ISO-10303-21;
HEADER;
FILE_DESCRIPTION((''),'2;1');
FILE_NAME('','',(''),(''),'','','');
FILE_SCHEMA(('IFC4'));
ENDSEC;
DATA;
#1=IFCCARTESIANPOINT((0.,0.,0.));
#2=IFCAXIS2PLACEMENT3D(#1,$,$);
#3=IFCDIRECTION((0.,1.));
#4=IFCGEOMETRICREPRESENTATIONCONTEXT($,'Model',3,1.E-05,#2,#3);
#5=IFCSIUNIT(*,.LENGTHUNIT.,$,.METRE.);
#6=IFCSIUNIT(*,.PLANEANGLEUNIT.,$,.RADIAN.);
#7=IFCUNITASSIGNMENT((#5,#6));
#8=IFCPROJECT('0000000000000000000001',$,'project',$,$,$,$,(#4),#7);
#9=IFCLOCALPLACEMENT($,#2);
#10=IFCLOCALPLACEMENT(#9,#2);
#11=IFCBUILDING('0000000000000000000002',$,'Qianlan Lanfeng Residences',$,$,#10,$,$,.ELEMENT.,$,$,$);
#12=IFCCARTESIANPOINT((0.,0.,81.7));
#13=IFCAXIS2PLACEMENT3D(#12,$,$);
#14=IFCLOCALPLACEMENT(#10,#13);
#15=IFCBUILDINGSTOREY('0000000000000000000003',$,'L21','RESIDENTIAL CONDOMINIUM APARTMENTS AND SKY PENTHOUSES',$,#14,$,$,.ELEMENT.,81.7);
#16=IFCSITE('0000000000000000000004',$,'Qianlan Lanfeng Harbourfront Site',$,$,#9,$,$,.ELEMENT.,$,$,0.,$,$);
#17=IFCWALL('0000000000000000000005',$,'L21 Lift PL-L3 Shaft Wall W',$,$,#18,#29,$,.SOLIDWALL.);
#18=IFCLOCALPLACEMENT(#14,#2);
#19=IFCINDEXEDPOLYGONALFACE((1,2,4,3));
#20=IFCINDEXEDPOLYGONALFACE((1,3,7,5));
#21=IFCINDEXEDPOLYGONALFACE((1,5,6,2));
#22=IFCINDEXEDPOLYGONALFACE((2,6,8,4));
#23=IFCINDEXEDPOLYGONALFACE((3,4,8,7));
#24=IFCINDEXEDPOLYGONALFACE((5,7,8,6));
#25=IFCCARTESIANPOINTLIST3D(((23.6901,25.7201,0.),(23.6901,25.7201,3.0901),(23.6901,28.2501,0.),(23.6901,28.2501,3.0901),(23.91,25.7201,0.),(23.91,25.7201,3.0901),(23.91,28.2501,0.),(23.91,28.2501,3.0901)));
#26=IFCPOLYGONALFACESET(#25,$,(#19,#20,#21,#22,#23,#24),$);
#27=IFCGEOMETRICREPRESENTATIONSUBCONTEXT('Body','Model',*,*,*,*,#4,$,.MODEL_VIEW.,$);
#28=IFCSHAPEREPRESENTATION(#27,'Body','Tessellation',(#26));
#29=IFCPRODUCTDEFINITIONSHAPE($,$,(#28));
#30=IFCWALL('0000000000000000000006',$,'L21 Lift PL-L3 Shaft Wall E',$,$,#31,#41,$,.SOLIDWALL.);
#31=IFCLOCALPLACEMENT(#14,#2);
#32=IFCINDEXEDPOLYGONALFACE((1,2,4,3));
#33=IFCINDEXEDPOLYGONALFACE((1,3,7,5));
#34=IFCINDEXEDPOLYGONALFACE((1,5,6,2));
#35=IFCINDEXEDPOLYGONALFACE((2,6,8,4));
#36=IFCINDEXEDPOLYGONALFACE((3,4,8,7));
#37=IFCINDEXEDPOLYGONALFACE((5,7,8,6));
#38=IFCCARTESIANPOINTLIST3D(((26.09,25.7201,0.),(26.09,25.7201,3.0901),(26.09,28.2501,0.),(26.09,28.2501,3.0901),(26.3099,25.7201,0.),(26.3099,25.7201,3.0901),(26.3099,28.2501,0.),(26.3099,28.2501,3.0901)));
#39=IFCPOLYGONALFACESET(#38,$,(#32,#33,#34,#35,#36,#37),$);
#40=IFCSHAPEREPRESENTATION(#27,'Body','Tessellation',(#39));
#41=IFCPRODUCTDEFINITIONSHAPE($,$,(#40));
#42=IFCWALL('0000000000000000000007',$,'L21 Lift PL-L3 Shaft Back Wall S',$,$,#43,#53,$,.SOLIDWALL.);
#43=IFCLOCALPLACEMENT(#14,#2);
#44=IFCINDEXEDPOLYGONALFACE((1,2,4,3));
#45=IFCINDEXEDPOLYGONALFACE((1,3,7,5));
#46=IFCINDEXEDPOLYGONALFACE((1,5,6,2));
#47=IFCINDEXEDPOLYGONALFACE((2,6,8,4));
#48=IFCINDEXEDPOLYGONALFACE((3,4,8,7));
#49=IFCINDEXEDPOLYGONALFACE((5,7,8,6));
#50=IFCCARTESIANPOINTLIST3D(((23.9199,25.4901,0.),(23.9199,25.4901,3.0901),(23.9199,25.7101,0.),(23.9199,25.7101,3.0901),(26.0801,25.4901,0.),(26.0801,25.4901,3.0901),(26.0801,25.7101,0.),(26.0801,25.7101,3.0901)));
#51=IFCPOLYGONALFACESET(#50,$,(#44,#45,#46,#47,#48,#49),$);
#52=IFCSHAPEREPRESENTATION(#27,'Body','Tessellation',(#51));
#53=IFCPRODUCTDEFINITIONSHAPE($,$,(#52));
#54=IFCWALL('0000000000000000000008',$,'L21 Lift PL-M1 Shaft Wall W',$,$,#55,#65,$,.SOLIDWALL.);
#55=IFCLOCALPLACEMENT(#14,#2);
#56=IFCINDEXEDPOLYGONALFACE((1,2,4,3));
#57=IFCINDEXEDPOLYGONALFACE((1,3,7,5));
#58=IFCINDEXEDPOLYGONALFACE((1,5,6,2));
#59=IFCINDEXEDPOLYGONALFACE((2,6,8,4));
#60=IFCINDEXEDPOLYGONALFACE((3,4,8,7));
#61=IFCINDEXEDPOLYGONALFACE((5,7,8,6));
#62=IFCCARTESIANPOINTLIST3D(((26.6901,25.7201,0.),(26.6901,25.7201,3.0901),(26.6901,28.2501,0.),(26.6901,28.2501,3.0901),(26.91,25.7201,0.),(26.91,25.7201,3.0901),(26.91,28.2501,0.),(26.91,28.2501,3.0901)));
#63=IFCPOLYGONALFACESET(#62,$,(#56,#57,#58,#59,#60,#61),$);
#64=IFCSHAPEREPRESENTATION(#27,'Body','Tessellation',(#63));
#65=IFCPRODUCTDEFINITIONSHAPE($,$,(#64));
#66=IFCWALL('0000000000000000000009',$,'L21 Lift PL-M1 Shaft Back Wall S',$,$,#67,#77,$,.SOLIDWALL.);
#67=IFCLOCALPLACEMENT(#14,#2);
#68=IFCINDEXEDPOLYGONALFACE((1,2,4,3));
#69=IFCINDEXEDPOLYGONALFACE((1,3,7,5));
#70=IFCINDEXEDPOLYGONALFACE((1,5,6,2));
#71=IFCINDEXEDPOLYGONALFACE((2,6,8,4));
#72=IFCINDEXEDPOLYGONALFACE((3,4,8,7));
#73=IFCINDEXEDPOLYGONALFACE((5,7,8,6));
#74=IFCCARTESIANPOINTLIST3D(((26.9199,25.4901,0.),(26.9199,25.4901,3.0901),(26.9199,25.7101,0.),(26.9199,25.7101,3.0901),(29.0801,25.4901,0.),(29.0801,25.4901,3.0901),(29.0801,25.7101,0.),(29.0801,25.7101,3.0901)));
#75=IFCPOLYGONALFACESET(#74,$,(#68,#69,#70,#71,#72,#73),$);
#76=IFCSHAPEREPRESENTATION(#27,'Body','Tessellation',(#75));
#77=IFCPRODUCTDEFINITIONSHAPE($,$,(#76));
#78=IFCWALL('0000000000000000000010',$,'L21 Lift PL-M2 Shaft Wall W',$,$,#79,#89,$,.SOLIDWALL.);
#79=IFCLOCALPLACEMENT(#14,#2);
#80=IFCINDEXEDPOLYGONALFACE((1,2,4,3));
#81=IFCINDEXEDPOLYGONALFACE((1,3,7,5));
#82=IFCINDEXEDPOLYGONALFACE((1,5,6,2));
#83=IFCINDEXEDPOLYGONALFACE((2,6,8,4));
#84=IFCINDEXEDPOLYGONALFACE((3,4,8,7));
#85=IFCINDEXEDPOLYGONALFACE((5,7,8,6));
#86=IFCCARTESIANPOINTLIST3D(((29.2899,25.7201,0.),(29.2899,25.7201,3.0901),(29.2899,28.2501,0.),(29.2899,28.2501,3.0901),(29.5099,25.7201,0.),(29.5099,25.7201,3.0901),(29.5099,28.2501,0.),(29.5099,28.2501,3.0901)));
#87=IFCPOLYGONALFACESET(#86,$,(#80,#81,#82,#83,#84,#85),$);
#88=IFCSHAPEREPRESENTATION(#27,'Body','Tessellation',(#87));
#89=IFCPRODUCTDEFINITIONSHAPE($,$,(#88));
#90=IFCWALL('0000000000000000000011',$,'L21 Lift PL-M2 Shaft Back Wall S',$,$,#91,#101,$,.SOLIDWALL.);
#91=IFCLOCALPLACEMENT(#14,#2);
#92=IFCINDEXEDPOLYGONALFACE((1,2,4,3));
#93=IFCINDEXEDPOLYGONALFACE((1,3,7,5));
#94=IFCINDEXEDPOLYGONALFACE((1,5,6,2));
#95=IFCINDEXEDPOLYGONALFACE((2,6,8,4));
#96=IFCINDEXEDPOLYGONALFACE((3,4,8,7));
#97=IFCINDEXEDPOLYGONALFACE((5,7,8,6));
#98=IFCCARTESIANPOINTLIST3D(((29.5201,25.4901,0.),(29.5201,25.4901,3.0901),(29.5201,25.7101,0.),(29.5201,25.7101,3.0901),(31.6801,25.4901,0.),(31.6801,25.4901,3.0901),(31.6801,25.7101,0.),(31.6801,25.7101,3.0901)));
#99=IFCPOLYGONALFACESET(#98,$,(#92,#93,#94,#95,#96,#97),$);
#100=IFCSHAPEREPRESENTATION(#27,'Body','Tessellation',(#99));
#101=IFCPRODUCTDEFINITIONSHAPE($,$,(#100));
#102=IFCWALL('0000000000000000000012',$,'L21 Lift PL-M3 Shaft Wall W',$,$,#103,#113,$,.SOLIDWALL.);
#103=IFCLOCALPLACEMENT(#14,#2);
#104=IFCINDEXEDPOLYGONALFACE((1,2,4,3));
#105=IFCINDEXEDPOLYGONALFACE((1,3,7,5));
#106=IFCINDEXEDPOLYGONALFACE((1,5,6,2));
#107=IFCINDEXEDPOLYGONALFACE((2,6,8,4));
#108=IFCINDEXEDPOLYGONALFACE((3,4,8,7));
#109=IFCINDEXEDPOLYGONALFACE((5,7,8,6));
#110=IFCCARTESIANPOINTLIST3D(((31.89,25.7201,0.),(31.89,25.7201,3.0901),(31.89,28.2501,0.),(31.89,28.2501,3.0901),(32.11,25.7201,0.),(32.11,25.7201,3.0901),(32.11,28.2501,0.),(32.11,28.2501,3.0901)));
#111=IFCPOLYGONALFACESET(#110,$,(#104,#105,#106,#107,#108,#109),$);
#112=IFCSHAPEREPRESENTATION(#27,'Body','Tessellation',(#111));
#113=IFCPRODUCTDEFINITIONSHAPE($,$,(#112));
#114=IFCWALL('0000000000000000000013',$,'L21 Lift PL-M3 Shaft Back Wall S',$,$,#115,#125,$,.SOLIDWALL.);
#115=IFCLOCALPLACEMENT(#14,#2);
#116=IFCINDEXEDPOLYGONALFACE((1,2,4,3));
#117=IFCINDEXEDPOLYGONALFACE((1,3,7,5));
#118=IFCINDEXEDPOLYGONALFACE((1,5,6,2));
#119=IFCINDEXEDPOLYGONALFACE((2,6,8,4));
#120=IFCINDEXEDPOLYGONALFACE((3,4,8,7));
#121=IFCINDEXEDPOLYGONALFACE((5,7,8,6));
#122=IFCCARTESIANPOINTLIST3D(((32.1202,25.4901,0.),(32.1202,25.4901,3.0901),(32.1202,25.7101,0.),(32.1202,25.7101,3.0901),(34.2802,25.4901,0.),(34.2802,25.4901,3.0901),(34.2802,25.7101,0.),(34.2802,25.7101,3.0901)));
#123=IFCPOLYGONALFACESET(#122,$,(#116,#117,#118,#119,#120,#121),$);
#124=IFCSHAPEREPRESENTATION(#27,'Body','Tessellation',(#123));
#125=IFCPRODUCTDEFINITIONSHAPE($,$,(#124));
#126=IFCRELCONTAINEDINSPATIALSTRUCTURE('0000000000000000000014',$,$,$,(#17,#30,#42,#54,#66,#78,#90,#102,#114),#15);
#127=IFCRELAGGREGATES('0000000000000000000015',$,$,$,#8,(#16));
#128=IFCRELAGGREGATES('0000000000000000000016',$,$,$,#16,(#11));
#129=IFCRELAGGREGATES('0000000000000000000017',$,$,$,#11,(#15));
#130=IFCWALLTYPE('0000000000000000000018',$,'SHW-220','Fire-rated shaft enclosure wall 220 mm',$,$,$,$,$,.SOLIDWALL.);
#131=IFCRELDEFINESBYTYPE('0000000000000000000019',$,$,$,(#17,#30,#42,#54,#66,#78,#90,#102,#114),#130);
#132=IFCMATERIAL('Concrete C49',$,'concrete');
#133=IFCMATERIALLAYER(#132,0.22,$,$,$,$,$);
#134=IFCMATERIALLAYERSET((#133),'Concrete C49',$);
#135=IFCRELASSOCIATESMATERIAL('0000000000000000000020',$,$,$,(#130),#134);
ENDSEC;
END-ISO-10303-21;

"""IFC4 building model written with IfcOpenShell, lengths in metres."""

from ifc_helpers import new_model, si_unit, direction, frame, frame_2d, origin, place, context, subcontext, project, spatial, rectangle, extrude, material, layer, layer_set, type_object, element, save


model = new_model("IFC4")

# Units and contexts
model_context = context("Model", 3, precision=1e-05, world=origin(), true_north=direction((0.0, 1.0)))
body_context = subcontext(model_context, "Body", "Model", "MODEL_VIEW")
ifc_project = project(units=[si_unit("LENGTHUNIT", "METRE"), si_unit("PLANEANGLEUNIT", "RADIAN")], contexts=[model_context])

# Site, building, storey
site_placement = place(None, origin())
site = spatial("IfcSite", under=ifc_project, at=site_placement, Name="Qianlan Lanfeng Harbourfront Site", CompositionType="ELEMENT", RefElevation=0.0)
building_placement = place(site_placement, origin())
building = spatial("IfcBuilding", under=site, at=building_placement, Name="Qianlan Lanfeng Residences", CompositionType="ELEMENT")
storey_placement = place(building_placement, frame((0.0, 0.0, 81.7)))
storey = spatial("IfcBuildingStorey", under=building, at=storey_placement, Name="L21", Description="RESIDENTIAL CONDOMINIUM APARTMENTS AND SKY PENTHOUSES", CompositionType="ELEMENT", Elevation=81.7)

# Walls
ifc_material_1 = material(Name="Concrete C49", Category="concrete")
ifc_layer_1 = layer(ifc_material_1, 0.22)
ifc_layer_set_1 = layer_set([ifc_layer_1], Name="Concrete C49")
wall_type_1 = type_object("IfcWallType", Name="SHW-220", Description="Fire-rated shaft enclosure wall 220 mm", PredefinedType="SOLIDWALL", material=ifc_layer_set_1)
for number, where, z_axis, x_axis, name in (
    (1, (23.8, 25.72, 0.0), (0.0, 0.0, 1.0), (0.0, 1.0, 0.0), "L21 Lift PL-L3 Shaft Wall W"),
    (2, (26.2, 25.72, 0.0), (0.0, 0.0, 1.0), (0.0, 1.0, 0.0), "L21 Lift PL-L3 Shaft Wall E"),
):
    element("IfcWall", number, at=place(storey_placement, frame(where, z_axis=z_axis, x_axis=x_axis)), inside=storey, type_object=wall_type_1, Name=name, PredefinedType="SOLIDWALL", context=body_context, shape_type="SweptSolid", body=[
        extrude(rectangle(XDim=2.53, YDim=0.22, at=frame_2d((1.2651, 0.0))), origin(), (0.0, 0.0, 1.0), 3.0901),
    ])
wall_1_placement = place(storey_placement, frame((23.9199, 25.6001, 0.0), z_axis=(0.0, 0.0, 1.0), x_axis=(1.0, 0.0, 0.0)))
element("IfcWall", 3, at=wall_1_placement, inside=storey, type_object=wall_type_1, Name="L21 Lift PL-L3 Shaft Back Wall S", PredefinedType="SOLIDWALL", context=body_context, shape_type="SweptSolid", body=[
    extrude(rectangle(XDim=2.1602, YDim=0.22, at=frame_2d((1.0801, 0.0))), origin(), (0.0, 0.0, 1.0), 3.0901),
])
wall_2_placement = place(storey_placement, frame((26.8, 25.72, 0.0), z_axis=(0.0, 0.0, 1.0), x_axis=(0.0, 1.0, 0.0)))
element("IfcWall", 4, at=wall_2_placement, inside=storey, type_object=wall_type_1, Name="L21 Lift PL-M1 Shaft Wall W", PredefinedType="SOLIDWALL", context=body_context, shape_type="SweptSolid", body=[
    extrude(rectangle(XDim=2.53, YDim=0.22, at=frame_2d((1.2651, 0.0))), origin(), (0.0, 0.0, 1.0), 3.0901),
])
wall_3_placement = place(storey_placement, frame((26.9199, 25.6001, 0.0), z_axis=(0.0, 0.0, 1.0), x_axis=(1.0, 0.0, 0.0)))
element("IfcWall", 5, at=wall_3_placement, inside=storey, type_object=wall_type_1, Name="L21 Lift PL-M1 Shaft Back Wall S", PredefinedType="SOLIDWALL", context=body_context, shape_type="SweptSolid", body=[
    extrude(rectangle(XDim=2.1602, YDim=0.22, at=frame_2d((1.0801, 0.0))), origin(), (0.0, 0.0, 1.0), 3.0901),
])
wall_4_placement = place(storey_placement, frame((29.3999, 25.72, 0.0), z_axis=(0.0, 0.0, 1.0), x_axis=(0.0, 1.0, 0.0)))
element("IfcWall", 6, at=wall_4_placement, inside=storey, type_object=wall_type_1, Name="L21 Lift PL-M2 Shaft Wall W", PredefinedType="SOLIDWALL", context=body_context, shape_type="SweptSolid", body=[
    extrude(rectangle(XDim=2.53, YDim=0.22, at=frame_2d((1.2651, 0.0))), origin(), (0.0, 0.0, 1.0), 3.0901),
])
wall_5_placement = place(storey_placement, frame((29.52, 25.6001, 0.0), z_axis=(0.0, 0.0, 1.0), x_axis=(1.0, 0.0, 0.0)))
element("IfcWall", 7, at=wall_5_placement, inside=storey, type_object=wall_type_1, Name="L21 Lift PL-M2 Shaft Back Wall S", PredefinedType="SOLIDWALL", context=body_context, shape_type="SweptSolid", body=[
    extrude(rectangle(XDim=2.1599, YDim=0.22, at=frame_2d((1.0801, 0.0))), origin(), (0.0, 0.0, 1.0), 3.0901),
])
wall_6_placement = place(storey_placement, frame((32.0, 25.72, 0.0), z_axis=(0.0, 0.0, 1.0), x_axis=(0.0, 1.0, 0.0)))
element("IfcWall", 8, at=wall_6_placement, inside=storey, type_object=wall_type_1, Name="L21 Lift PL-M3 Shaft Wall W", PredefinedType="SOLIDWALL", context=body_context, shape_type="SweptSolid", body=[
    extrude(rectangle(XDim=2.53, YDim=0.22, at=frame_2d((1.2651, 0.0))), origin(), (0.0, 0.0, 1.0), 3.0901),
])
wall_7_placement = place(storey_placement, frame((32.1201, 25.6001, 0.0), z_axis=(0.0, 0.0, 1.0), x_axis=(1.0, 0.0, 0.0)))
element("IfcWall", 9, at=wall_7_placement, inside=storey, type_object=wall_type_1, Name="L21 Lift PL-M3 Shaft Back Wall S", PredefinedType="SOLIDWALL", context=body_context, shape_type="SweptSolid", body=[
    extrude(rectangle(XDim=2.1599, YDim=0.22, at=frame_2d((1.0801, 0.0))), origin(), (0.0, 0.0, 1.0), 3.0901),
])

save(model, "model.ifc")
